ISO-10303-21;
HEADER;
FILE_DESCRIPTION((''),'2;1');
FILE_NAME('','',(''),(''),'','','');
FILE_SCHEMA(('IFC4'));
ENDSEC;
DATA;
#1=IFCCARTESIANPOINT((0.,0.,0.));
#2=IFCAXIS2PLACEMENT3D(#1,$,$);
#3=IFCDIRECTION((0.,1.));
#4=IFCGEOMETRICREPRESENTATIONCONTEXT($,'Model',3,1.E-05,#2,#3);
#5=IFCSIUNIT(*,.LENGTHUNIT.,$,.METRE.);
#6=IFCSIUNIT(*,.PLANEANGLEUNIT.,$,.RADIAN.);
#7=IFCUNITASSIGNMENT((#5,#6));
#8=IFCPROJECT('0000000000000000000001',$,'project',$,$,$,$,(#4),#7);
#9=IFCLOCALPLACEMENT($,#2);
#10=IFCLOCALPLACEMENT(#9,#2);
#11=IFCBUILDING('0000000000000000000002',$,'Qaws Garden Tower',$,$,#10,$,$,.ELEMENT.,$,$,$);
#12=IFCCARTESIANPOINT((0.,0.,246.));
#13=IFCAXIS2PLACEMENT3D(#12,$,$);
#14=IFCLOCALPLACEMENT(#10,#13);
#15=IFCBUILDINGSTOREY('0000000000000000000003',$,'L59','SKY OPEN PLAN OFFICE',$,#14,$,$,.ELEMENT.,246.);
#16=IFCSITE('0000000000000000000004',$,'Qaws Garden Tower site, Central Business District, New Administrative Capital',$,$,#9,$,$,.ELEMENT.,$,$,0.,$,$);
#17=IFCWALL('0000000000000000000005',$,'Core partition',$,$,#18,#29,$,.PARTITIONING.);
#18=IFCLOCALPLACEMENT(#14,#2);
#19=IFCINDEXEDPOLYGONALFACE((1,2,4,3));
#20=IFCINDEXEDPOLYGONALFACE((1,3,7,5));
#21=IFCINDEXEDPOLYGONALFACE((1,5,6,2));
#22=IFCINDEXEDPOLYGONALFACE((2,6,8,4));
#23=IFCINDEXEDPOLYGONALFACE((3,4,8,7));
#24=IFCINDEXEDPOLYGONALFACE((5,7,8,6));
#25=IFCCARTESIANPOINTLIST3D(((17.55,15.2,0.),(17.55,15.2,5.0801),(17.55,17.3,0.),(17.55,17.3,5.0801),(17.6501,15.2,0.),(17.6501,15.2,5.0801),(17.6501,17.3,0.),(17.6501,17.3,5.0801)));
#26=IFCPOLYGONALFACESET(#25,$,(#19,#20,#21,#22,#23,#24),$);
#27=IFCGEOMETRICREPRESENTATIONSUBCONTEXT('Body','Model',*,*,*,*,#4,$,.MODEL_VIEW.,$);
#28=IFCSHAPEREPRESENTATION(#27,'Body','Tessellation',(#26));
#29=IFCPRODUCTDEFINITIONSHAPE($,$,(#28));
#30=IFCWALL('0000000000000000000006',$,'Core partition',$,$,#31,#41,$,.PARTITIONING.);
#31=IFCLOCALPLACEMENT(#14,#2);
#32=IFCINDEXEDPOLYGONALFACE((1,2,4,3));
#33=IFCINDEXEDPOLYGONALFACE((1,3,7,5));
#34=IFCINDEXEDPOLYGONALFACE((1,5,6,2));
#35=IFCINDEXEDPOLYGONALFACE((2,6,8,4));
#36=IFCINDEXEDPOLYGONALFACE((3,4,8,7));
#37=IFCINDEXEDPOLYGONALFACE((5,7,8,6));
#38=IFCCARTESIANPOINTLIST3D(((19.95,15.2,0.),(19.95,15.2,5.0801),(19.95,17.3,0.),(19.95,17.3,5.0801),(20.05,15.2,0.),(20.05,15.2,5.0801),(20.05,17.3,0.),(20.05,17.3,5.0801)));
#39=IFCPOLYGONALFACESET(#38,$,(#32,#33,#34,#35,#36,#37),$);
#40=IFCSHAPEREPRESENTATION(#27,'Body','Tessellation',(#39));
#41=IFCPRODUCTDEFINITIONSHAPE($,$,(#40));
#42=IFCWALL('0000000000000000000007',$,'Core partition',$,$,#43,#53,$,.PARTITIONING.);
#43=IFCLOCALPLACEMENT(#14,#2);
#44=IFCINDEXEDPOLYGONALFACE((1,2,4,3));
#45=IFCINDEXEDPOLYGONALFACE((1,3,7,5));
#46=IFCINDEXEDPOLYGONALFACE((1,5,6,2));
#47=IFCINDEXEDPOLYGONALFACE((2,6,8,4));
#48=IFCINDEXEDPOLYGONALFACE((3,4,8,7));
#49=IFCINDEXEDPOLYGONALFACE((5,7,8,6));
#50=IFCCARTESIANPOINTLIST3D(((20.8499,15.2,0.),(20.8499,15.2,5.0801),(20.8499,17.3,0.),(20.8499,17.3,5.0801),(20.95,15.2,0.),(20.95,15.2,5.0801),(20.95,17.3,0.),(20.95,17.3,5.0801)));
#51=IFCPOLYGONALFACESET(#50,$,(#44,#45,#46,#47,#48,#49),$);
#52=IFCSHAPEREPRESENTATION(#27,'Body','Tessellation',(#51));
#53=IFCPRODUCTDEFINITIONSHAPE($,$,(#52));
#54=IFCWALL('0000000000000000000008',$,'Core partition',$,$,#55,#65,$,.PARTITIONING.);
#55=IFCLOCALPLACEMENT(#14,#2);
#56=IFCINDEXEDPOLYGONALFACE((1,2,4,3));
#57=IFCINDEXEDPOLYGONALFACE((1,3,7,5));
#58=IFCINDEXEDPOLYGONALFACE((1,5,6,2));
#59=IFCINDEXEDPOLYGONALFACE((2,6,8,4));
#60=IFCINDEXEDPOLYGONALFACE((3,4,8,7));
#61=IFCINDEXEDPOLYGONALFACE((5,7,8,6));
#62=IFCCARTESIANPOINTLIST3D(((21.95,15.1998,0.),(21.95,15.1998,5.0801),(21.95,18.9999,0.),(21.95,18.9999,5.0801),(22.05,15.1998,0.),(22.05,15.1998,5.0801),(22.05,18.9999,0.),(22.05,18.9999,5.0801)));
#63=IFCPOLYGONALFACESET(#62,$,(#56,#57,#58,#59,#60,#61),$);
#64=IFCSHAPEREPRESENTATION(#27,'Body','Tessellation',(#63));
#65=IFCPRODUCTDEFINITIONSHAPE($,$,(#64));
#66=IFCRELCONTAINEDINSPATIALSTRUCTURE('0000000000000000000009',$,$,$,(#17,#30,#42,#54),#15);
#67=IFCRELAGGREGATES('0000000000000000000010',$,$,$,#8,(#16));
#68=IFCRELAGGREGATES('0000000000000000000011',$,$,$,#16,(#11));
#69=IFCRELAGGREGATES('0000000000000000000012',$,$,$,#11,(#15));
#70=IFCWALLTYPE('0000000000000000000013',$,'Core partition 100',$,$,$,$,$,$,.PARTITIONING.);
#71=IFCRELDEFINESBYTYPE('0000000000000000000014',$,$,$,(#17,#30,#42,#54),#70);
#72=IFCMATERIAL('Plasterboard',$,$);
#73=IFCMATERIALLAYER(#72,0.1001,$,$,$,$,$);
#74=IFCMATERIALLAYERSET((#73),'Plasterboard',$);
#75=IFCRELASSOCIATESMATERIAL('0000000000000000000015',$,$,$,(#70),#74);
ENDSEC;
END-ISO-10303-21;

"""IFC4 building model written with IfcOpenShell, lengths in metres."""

from ifc_helpers import new_model, si_unit, direction, frame, frame_2d, origin, place, context, subcontext, project, spatial, rectangle, extrude, material, layer, layer_set, type_object, element, save


model = new_model("IFC4")

# Units and contexts
model_context = context("Model", 3, precision=1e-05, world=origin(), true_north=direction((0.0, 1.0)))
body_context = subcontext(model_context, "Body", "Model", "MODEL_VIEW")
ifc_project = project(units=[si_unit("LENGTHUNIT", "METRE"), si_unit("PLANEANGLEUNIT", "RADIAN")], contexts=[model_context])

# Site, building, storey
site_placement = place(None, origin())
site = spatial("IfcSite", under=ifc_project, at=site_placement, Name="Qaws Garden Tower site, Central Business District, New Administrative Capital", CompositionType="ELEMENT", RefElevation=0.0)
building_placement = place(site_placement, origin())
building = spatial("IfcBuilding", under=site, at=building_placement, Name="Qaws Garden Tower", CompositionType="ELEMENT")
storey_placement = place(building_placement, frame((0.0, 0.0, 246.0)))
storey = spatial("IfcBuildingStorey", under=building, at=storey_placement, Name="L59", Description="SKY OPEN PLAN OFFICE", CompositionType="ELEMENT", Elevation=246.0)

# Shared definitions
ifc_material_1 = material(Name="Plasterboard")
ifc_layer = layer(ifc_material_1, 0.1001)
ifc_layer_set = layer_set([ifc_layer], Name="Plasterboard")
wall_type = type_object("IfcWallType", Name="Core partition 100", PredefinedType="PARTITIONING", material=ifc_layer_set)

# Walls
for number, where, z_axis, x_axis, name in (
    (1, (17.6001, 15.2, 0.0), (0.0, 0.0, 1.0), (0.0, 1.0, 0.0), "Core partition"),
    (2, (20.0, 15.2, 0.0), (0.0, 0.0, 1.0), (0.0, 1.0, 0.0), "Core partition"),
    (3, (20.8999, 15.2, 0.0), (0.0, 0.0, 1.0), (0.0, 1.0, 0.0), "Core partition"),
):
    element("IfcWall", number, at=place(storey_placement, frame(where, z_axis=z_axis, x_axis=x_axis)), inside=storey, type_object=wall_type, Name=name, PredefinedType="PARTITIONING", context=body_context, shape_type="SweptSolid", body=[
        extrude(rectangle(XDim=2.1001, YDim=0.1001, at=frame_2d((1.05, 0.0))), origin(), (0.0, 0.0, 1.0), 5.0801),
    ])
wall_1_placement = place(storey_placement, frame((22.0, 15.2, 0.0), z_axis=(0.0, 0.0, 1.0), x_axis=(0.0, 1.0, 0.0)))
element("IfcWall", 4, at=wall_1_placement, inside=storey, type_object=wall_type, Name="Core partition", PredefinedType="PARTITIONING", context=body_context, shape_type="SweptSolid", body=[
    extrude(rectangle(XDim=3.8, YDim=0.1001, at=frame_2d((1.8999, 0.0))), origin(), (0.0, 0.0, 1.0), 5.0801),
])

save(model, "model.ifc")
